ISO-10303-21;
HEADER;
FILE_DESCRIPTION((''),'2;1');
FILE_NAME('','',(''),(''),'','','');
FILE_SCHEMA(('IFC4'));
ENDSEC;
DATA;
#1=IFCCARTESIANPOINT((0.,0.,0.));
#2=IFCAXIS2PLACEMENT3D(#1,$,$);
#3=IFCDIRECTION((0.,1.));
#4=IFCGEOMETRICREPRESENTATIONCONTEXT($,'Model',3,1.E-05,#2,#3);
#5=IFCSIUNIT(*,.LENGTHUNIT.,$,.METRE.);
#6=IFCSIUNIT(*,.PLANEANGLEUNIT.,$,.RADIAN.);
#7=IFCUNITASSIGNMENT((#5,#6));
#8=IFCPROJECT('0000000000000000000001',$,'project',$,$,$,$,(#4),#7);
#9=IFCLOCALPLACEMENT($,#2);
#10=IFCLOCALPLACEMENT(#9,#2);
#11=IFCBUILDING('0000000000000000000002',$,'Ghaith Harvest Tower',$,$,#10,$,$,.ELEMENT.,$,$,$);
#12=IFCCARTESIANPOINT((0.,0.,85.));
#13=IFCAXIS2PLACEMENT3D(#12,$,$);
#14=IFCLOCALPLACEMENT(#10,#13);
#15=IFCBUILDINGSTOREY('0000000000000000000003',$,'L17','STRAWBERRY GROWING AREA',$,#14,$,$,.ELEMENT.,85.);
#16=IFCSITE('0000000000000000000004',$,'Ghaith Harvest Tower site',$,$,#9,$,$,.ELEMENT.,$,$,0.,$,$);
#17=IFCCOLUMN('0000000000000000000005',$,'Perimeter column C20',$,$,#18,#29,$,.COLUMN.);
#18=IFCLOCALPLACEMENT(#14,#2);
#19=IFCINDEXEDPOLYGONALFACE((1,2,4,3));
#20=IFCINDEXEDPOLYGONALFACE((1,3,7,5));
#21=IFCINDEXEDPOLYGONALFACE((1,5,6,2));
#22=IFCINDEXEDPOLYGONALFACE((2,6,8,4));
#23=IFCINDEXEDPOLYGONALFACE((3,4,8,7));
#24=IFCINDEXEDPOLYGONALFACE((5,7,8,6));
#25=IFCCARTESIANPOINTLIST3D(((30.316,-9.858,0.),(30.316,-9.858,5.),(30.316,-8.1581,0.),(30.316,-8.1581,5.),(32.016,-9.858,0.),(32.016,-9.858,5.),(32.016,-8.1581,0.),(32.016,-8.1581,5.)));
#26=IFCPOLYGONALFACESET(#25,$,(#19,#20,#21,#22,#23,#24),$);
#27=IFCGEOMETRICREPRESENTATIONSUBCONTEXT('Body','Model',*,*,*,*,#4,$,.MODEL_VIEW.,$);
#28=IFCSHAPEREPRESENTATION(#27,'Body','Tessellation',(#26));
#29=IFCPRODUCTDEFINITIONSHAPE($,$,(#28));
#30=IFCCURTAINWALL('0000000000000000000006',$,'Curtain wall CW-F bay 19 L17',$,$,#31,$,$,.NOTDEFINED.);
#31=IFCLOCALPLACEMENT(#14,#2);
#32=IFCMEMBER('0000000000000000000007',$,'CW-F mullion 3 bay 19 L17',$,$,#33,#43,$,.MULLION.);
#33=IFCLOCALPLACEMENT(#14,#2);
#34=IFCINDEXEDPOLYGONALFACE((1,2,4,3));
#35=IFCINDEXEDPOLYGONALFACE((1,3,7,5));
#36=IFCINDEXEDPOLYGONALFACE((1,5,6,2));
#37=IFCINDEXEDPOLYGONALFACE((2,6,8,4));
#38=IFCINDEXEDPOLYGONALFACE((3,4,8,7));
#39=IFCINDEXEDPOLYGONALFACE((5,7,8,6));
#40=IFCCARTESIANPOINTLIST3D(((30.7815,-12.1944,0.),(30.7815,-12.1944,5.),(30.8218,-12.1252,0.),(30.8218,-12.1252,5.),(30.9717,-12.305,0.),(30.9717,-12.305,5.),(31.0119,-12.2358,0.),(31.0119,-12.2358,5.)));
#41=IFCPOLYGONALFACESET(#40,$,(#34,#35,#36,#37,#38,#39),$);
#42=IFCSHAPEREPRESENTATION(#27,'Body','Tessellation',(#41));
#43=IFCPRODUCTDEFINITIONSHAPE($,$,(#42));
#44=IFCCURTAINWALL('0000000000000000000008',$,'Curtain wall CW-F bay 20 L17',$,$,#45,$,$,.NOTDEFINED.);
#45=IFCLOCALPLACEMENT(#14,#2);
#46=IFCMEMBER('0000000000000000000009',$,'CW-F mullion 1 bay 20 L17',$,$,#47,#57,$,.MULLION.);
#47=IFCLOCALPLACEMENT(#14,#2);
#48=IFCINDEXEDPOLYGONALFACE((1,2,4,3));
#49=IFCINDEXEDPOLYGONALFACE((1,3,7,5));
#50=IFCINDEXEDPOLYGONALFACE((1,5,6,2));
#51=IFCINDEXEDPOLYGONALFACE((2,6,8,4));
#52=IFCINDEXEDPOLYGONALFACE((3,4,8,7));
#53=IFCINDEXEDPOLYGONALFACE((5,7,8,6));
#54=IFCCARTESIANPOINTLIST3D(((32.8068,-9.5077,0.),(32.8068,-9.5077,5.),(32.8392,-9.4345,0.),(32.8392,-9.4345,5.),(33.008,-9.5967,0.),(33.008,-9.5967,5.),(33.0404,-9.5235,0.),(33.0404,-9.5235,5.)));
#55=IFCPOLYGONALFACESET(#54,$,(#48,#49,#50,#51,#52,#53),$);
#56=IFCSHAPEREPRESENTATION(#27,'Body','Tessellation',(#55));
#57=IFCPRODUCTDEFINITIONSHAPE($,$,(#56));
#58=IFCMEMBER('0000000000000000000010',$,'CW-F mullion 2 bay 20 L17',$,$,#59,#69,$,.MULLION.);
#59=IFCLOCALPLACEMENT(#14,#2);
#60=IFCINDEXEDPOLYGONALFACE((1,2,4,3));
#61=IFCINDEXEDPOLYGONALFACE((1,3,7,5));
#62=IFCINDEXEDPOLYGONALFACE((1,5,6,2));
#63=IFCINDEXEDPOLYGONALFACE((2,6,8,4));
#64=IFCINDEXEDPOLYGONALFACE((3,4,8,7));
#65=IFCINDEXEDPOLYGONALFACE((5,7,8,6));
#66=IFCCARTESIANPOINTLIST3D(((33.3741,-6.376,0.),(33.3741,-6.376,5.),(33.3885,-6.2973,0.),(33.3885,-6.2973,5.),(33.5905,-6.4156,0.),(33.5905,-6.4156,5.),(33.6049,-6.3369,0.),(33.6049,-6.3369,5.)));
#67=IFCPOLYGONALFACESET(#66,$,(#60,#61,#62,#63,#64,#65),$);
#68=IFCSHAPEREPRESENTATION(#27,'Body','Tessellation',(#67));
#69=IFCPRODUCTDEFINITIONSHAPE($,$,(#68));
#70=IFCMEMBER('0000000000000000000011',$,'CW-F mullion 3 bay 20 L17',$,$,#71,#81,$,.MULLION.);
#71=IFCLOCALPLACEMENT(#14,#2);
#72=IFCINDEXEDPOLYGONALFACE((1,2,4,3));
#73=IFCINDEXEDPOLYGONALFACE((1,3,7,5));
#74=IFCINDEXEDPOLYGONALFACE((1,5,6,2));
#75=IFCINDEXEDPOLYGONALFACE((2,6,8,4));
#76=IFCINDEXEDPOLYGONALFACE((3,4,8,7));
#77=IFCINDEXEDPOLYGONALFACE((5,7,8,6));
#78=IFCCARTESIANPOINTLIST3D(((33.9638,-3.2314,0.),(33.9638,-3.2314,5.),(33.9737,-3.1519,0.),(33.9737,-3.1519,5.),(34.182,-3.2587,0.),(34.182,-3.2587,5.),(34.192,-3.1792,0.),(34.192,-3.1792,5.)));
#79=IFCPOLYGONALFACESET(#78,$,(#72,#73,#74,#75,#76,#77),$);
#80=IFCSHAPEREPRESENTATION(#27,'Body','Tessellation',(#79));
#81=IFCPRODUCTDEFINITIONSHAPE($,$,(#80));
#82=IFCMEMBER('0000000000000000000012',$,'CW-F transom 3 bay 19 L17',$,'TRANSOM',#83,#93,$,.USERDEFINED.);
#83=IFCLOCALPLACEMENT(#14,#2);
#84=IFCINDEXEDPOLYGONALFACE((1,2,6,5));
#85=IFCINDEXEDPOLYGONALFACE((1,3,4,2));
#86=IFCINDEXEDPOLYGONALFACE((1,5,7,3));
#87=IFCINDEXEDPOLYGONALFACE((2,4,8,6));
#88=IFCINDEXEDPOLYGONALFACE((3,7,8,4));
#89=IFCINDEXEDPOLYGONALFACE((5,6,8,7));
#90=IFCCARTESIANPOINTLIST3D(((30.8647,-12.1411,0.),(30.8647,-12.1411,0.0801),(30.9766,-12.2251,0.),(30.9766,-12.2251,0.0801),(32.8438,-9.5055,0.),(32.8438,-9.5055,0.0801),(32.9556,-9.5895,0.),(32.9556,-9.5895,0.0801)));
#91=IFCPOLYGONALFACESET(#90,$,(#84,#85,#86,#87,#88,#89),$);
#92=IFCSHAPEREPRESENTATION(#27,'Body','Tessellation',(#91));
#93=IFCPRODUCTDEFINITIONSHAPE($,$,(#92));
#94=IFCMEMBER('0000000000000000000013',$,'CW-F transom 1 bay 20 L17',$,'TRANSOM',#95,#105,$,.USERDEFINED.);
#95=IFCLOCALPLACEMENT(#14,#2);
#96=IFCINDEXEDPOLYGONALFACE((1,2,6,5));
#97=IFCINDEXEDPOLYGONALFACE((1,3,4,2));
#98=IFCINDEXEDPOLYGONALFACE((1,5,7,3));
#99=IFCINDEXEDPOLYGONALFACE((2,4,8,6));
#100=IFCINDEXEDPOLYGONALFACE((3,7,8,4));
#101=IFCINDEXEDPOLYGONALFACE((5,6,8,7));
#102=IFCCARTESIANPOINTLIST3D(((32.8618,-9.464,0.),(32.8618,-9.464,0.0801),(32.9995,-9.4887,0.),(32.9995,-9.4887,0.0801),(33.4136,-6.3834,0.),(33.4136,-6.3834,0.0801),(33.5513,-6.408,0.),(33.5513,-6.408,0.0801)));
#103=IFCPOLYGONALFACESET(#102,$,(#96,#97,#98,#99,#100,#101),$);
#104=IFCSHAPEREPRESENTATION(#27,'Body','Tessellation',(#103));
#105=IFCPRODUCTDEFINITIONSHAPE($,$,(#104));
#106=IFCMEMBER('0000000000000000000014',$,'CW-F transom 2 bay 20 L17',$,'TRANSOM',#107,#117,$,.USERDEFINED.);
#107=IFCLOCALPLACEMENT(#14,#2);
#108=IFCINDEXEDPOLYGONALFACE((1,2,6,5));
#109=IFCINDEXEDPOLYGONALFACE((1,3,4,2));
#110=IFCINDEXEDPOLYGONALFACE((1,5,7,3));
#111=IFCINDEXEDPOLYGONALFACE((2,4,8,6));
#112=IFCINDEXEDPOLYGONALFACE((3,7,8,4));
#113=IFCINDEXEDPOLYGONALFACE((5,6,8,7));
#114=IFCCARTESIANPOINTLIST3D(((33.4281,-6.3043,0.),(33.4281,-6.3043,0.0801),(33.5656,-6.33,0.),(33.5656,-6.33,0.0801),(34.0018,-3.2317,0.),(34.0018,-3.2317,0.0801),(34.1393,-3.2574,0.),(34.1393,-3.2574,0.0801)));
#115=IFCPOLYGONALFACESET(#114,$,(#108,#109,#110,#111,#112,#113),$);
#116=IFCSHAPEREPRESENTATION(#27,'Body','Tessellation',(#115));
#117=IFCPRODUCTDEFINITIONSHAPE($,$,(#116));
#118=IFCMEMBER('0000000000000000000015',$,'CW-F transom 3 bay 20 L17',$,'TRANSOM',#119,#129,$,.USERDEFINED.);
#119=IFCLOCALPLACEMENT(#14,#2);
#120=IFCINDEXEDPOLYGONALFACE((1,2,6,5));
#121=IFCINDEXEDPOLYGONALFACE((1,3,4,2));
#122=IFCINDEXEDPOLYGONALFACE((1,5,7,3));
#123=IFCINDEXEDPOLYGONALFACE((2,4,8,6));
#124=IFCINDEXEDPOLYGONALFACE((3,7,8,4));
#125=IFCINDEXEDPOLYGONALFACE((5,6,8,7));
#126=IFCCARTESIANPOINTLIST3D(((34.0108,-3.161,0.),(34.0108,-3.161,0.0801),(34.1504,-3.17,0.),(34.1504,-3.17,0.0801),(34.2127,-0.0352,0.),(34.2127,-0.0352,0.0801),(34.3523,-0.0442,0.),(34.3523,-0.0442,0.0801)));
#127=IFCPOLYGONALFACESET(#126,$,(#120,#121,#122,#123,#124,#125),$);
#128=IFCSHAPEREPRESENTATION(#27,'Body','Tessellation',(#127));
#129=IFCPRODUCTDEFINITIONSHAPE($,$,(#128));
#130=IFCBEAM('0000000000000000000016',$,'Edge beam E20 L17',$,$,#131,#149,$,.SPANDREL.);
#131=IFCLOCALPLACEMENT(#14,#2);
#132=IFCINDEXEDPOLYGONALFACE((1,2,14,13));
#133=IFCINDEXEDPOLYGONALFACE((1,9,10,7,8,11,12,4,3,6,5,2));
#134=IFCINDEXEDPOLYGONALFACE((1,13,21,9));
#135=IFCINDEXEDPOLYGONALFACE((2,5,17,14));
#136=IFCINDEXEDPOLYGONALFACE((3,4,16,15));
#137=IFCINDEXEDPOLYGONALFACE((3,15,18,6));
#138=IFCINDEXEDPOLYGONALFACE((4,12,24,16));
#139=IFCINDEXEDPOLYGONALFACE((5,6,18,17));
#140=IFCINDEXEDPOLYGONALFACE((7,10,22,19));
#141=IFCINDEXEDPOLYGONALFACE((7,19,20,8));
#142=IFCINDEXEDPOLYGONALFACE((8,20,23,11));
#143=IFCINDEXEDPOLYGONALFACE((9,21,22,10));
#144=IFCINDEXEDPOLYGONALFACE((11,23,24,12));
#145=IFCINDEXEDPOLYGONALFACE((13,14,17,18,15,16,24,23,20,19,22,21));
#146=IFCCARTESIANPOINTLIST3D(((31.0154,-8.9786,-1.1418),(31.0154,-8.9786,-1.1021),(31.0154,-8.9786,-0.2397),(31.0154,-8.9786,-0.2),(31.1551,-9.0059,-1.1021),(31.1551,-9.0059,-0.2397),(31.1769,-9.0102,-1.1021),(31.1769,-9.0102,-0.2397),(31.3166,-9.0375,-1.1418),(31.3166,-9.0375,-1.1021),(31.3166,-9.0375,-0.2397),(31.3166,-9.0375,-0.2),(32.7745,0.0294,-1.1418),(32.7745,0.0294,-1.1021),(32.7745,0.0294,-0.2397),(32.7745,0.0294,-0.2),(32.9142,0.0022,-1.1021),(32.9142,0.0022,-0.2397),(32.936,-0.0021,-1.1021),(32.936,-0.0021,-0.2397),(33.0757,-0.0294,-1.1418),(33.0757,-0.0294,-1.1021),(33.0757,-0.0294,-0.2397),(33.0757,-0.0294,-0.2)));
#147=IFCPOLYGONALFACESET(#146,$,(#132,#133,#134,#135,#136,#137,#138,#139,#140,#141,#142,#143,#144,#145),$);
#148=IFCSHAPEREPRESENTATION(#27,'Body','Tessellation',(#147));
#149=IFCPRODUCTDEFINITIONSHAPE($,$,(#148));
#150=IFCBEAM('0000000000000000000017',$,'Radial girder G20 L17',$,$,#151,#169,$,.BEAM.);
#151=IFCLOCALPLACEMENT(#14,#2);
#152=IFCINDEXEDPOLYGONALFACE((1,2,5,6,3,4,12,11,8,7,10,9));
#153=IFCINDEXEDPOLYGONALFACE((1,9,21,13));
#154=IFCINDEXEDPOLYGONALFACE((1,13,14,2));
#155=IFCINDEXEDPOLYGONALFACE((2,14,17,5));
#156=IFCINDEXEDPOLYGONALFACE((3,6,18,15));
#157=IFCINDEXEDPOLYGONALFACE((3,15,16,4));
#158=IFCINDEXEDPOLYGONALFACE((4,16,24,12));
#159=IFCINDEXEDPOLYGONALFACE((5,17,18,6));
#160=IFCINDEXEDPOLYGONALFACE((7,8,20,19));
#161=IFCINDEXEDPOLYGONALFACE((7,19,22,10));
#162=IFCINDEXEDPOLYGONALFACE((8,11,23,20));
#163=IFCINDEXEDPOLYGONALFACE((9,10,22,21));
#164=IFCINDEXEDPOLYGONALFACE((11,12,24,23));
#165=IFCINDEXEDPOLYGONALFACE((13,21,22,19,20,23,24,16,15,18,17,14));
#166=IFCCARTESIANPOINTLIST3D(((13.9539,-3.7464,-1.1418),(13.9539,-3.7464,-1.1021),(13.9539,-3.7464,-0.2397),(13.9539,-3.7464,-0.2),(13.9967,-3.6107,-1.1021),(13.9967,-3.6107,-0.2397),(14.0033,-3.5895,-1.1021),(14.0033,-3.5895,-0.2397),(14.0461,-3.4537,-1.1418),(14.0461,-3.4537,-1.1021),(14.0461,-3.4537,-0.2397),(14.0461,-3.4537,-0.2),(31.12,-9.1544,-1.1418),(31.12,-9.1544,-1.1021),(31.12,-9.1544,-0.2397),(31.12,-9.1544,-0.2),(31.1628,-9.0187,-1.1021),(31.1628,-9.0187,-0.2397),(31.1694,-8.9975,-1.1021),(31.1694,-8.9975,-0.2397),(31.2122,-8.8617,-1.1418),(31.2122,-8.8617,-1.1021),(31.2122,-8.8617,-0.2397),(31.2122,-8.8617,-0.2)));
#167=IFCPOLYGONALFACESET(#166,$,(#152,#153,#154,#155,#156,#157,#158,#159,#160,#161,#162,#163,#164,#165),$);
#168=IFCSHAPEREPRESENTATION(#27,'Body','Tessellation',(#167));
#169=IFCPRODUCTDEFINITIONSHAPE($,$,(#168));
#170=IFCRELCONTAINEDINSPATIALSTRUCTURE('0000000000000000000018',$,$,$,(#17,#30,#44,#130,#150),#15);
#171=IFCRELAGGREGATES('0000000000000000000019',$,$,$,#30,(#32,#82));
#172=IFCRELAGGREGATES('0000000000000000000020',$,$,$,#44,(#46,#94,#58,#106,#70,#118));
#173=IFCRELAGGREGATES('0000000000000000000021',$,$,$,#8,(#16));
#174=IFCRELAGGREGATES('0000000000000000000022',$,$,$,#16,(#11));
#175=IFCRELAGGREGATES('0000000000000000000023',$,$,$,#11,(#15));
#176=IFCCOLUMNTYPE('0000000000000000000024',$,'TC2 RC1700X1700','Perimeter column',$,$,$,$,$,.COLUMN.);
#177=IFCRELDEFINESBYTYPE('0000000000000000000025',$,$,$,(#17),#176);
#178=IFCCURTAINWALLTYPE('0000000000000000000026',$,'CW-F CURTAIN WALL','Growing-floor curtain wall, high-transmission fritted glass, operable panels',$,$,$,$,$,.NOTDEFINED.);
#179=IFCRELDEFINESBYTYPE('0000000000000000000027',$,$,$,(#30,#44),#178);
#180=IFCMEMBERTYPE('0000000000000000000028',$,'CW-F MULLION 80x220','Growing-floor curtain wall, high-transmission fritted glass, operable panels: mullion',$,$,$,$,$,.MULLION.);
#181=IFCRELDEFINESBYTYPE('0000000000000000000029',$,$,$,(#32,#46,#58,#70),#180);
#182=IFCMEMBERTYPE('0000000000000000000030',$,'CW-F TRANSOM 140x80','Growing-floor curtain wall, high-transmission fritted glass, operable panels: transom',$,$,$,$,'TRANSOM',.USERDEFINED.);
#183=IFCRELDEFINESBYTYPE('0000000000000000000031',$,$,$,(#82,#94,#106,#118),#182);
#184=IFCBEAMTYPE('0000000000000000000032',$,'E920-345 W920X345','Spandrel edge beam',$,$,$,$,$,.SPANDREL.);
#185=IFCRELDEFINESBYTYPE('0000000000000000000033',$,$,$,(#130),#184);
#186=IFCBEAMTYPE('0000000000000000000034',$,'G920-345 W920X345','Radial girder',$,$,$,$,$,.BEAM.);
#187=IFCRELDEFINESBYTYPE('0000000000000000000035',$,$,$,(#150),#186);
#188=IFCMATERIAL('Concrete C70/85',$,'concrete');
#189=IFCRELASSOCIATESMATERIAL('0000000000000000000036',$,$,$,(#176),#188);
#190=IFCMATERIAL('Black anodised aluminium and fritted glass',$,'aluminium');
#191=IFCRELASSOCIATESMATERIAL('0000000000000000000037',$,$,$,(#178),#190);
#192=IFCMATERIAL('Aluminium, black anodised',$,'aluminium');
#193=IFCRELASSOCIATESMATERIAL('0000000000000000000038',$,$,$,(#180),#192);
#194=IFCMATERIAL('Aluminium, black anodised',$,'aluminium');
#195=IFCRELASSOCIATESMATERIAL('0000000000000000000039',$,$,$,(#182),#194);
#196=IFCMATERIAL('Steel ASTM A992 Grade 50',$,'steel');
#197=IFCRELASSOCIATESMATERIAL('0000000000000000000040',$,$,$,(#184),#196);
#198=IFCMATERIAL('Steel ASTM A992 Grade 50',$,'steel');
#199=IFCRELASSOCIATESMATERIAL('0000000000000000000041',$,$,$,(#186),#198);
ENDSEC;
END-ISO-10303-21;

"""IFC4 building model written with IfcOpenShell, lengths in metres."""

from ifc_helpers import new_model, si_unit, direction, frame, origin, origin_2d, place, context, subcontext, project, spatial, rectangle, i_section, extrude, material, material_profile, profile_set, type_object, element, aggregate, save


model = new_model("IFC4")

# Units and contexts
model_context = context("Model", 3, precision=1e-05, world=origin(), true_north=direction((0.0, 1.0)))
body_context = subcontext(model_context, "Body", "Model", "MODEL_VIEW")
ifc_project = project(units=[si_unit("LENGTHUNIT", "METRE"), si_unit("PLANEANGLEUNIT", "RADIAN")], contexts=[model_context])

# Site, building, storey
site_placement = place(None, origin())
site = spatial("IfcSite", under=ifc_project, at=site_placement, Name="Ghaith Harvest Tower site", CompositionType="ELEMENT", RefElevation=0.0)
building_placement = place(site_placement, origin())
building = spatial("IfcBuilding", under=site, at=building_placement, Name="Ghaith Harvest Tower", CompositionType="ELEMENT")
storey_placement = place(building_placement, frame((0.0, 0.0, 85.0)))
storey = spatial("IfcBuildingStorey", under=building, at=storey_placement, Name="L17", Description="STRAWBERRY GROWING AREA", CompositionType="ELEMENT", Elevation=85.0)

# Column
ifc_material_1 = material(Name="Concrete C70/85", Category="concrete")
ifc_material_profile_1 = material_profile(ifc_material_1, rectangle(XDim=1.7, YDim=1.7, at=origin_2d()), Name="RC1700X1700")
ifc_profile_set_1 = profile_set([ifc_material_profile_1], Name="Concrete C70/85")
column_type = type_object("IfcColumnType", Name="TC2 RC1700X1700", Description="Perimeter column", PredefinedType="COLUMN", material=ifc_profile_set_1)
column_placement = place(storey_placement, frame((31.166, -9.0081, 0.0), z_axis=(0.0, 0.0, 1.0), x_axis=(1.0, 0.0, 0.0)))
element("IfcColumn", 1, at=column_placement, inside=storey, type_object=column_type, Name="Perimeter column C20", PredefinedType="COLUMN", context=body_context, shape_type="SweptSolid", body=[
    extrude(rectangle(XDim=1.7, YDim=1.7, at=origin_2d()), origin(), (0.0, 0.0, 1.0), 5.0),
])

# Curtain wall, member
ifc_material_2 = material(Name="Black anodised aluminium and fritted glass", Category="aluminium")
curtain_wall_type = type_object("IfcCurtainWallType", Name="CW-F CURTAIN WALL", Description="Growing-floor curtain wall, high-transmission fritted glass, operable panels", PredefinedType="NOTDEFINED", material=ifc_material_2)
curtain_wall_1_placement = place(storey_placement, origin())
curtain_wall_1 = element("IfcCurtainWall", 2, at=curtain_wall_1_placement, inside=storey, type_object=curtain_wall_type, Name="Curtain wall CW-F bay 19 L17", PredefinedType="NOTDEFINED")
ifc_material_3 = material(Name="Aluminium, black anodised", Category="aluminium")
ifc_material_profile_2 = material_profile(ifc_material_3, rectangle(XDim=0.0801, YDim=0.22, at=origin_2d()), Name="CW-F MULLION 80x220")
ifc_profile_set_2 = profile_set([ifc_material_profile_2], Name="Aluminium, black anodised")
member_type_1 = type_object("IfcMemberType", Name="CW-F MULLION 80x220", Description="Growing-floor curtain wall, high-transmission fritted glass, operable panels: mullion", PredefinedType="MULLION", material=ifc_profile_set_2)
member_1_placement = place(storey_placement, frame((30.8967, -12.2151, 0.0), z_axis=(0.0, 0.0, 1.0), x_axis=(0.502795, 0.864406, 0.0)))
member_1 = element("IfcMember", 3, at=member_1_placement, type_object=member_type_1, Name="CW-F mullion 3 bay 19 L17", PredefinedType="MULLION", context=body_context, shape_type="SweptSolid", body=[
    extrude(rectangle(XDim=0.0801, YDim=0.22, at=origin_2d()), origin(), (0.0, 0.0, 1.0), 5.0),
])

# Curtain wall, members
curtain_wall_2_placement = place(storey_placement, origin())
curtain_wall_2 = element("IfcCurtainWall", 4, at=curtain_wall_2_placement, inside=storey, type_object=curtain_wall_type, Name="Curtain wall CW-F bay 20 L17", PredefinedType="NOTDEFINED")
member_2_placement = place(storey_placement, frame((32.9236, -9.5156, 0.0), z_axis=(0.0, 0.0, 1.0), x_axis=(0.404702, 0.914449, 0.0)))
member_2 = element("IfcMember", 5, at=member_2_placement, type_object=member_type_1, Name="CW-F mullion 1 bay 20 L17", PredefinedType="MULLION", context=body_context, shape_type="SweptSolid", body=[
    extrude(rectangle(XDim=0.0801, YDim=0.22, at=origin_2d()), origin(), (0.0, 0.0, 1.0), 5.0),
])
member_3_placement = place(storey_placement, frame((33.4895, -6.3564, 0.0), z_axis=(0.0, 0.0, 1.0), x_axis=(0.179943, 0.983677, 0.0)))
member_3 = element("IfcMember", 6, at=member_3_placement, type_object=member_type_1, Name="CW-F mullion 2 bay 20 L17", PredefinedType="MULLION", context=body_context, shape_type="SweptSolid", body=[
    extrude(rectangle(XDim=0.0801, YDim=0.22, at=origin_2d()), origin(), (0.0, 0.0, 1.0), 5.0),
])
member_4_placement = place(storey_placement, frame((34.0779, -3.2053, 0.0), z_axis=(0.0, 0.0, 1.0), x_axis=(0.12417, 0.992261, 0.0)))
member_4 = element("IfcMember", 7, at=member_4_placement, type_object=member_type_1, Name="CW-F mullion 3 bay 20 L17", PredefinedType="MULLION", context=body_context, shape_type="SweptSolid", body=[
    extrude(rectangle(XDim=0.0801, YDim=0.22, at=origin_2d()), origin(), (0.0, 0.0, 1.0), 5.0),
])

# Members
ifc_material_4 = material(Name="Aluminium, black anodised", Category="aluminium")
ifc_material_profile_3 = material_profile(ifc_material_4, rectangle(XDim=0.1399, YDim=0.0801, at=origin_2d()), Name="CW-F TRANSOM 140x80")
ifc_profile_set_3 = profile_set([ifc_material_profile_3], Name="Aluminium, black anodised")
member_type_2 = type_object("IfcMemberType", Name="CW-F TRANSOM 140x80", Description="Growing-floor curtain wall, high-transmission fritted glass, operable panels: transom", ElementType="TRANSOM", PredefinedType="USERDEFINED", material=ifc_profile_set_3)
member_5_placement = place(storey_placement, frame((30.9207, -12.1831, 0.04), z_axis=(0.600462, 0.799653, 0.0), x_axis=(-0.799653, 0.600462, 0.0)))
member_5 = element("IfcMember", 8, at=member_5_placement, type_object=member_type_2, Name="CW-F transom 3 bay 19 L17", ObjectType="TRANSOM", PredefinedType="USERDEFINED", context=body_context, shape_type="SweptSolid", body=[
    extrude(rectangle(XDim=0.1399, YDim=0.0801, at=origin_2d()), origin(), (0.0, 0.0, 1.0), 3.2959),
])
member_6_placement = place(storey_placement, frame((32.9307, -9.4763, 0.04), z_axis=(0.176304, 0.984336, 0.0), x_axis=(-0.984336, 0.176304, 0.0)))
member_6 = element("IfcMember", 9, at=member_6_placement, type_object=member_type_2, Name="CW-F transom 1 bay 20 L17", ObjectType="TRANSOM", PredefinedType="USERDEFINED", context=body_context, shape_type="SweptSolid", body=[
    extrude(rectangle(XDim=0.1399, YDim=0.0801, at=origin_2d()), origin(), (0.0, 0.0, 1.0), 3.1296),
])
member_7_placement = place(storey_placement, frame((33.4968, -6.3171, 0.04), z_axis=(0.183557, 0.983009, 0.0), x_axis=(-0.983009, 0.183557, 0.0)))
member_7 = element("IfcMember", 10, at=member_7_placement, type_object=member_type_2, Name="CW-F transom 2 bay 20 L17", ObjectType="TRANSOM", PredefinedType="USERDEFINED", context=body_context, shape_type="SweptSolid", body=[
    extrude(rectangle(XDim=0.1399, YDim=0.0801, at=origin_2d()), origin(), (0.0, 0.0, 1.0), 3.1257),
])
member_8_placement = place(storey_placement, frame((34.0806, -3.1655, 0.04), z_axis=(0.06446, 0.99792, 0.0), x_axis=(-0.99792, 0.06446, 0.0)))
member_8 = element("IfcMember", 11, at=member_8_placement, type_object=member_type_2, Name="CW-F transom 3 bay 20 L17", ObjectType="TRANSOM", PredefinedType="USERDEFINED", context=body_context, shape_type="SweptSolid", body=[
    extrude(rectangle(XDim=0.1399, YDim=0.0801, at=origin_2d()), origin(), (0.0, 0.0, 1.0), 3.1323),
])

# Beams
ifc_material_5 = material(Name="Steel ASTM A992 Grade 50", Category="steel")
ifc_material_profile_4 = material_profile(ifc_material_5, i_section(OverallWidth=0.3069, OverallDepth=0.9419, WebThickness=0.0222, FlangeThickness=0.0398, at=origin_2d()), Name="W920X345")
ifc_profile_set_4 = profile_set([ifc_material_profile_4], Name="Steel ASTM A992 Grade 50")
beam_type_1 = type_object("IfcBeamType", Name="E920-345 W920X345", Description="Spandrel edge beam", PredefinedType="SPANDREL", material=ifc_profile_set_4)
beam_1_placement = place(storey_placement, frame((31.166, -9.0081, -0.6709), z_axis=(0.191653, 0.981463, 0.0), x_axis=(-0.981463, 0.191653, 0.0)))
element("IfcBeam", 12, at=beam_1_placement, inside=storey, type_object=beam_type_1, Name="Edge beam E20 L17", PredefinedType="SPANDREL", context=body_context, shape_type="SweptSolid", body=[
    extrude(i_section(OverallWidth=0.3069, OverallDepth=0.9419, WebThickness=0.0222, FlangeThickness=0.0398, at=origin_2d()), origin(), (0.0, 0.0, 1.0), 9.1782),
])
ifc_material_6 = material(Name="Steel ASTM A992 Grade 50", Category="steel")
ifc_material_profile_5 = material_profile(ifc_material_6, i_section(OverallWidth=0.3069, OverallDepth=0.9419, WebThickness=0.0222, FlangeThickness=0.0398, at=origin_2d()), Name="W920X345")
ifc_profile_set_5 = profile_set([ifc_material_profile_5], Name="Steel ASTM A992 Grade 50")
beam_type_2 = type_object("IfcBeamType", Name="G920-345 W920X345", Description="Radial girder", PredefinedType="BEAM", material=ifc_profile_set_5)
beam_2_placement = place(storey_placement, frame((14.0, -3.6001, -0.6709), z_axis=(0.953788, -0.30048, 0.0), x_axis=(0.30048, 0.953788, 0.0)))
element("IfcBeam", 13, at=beam_2_placement, inside=storey, type_object=beam_type_2, Name="Radial girder G20 L17", PredefinedType="BEAM", context=body_context, shape_type="SweptSolid", body=[
    extrude(i_section(OverallWidth=0.3069, OverallDepth=0.9419, WebThickness=0.0222, FlangeThickness=0.0398, at=origin_2d()), origin(), (0.0, 0.0, 1.0), 17.9978),
])

aggregate(curtain_wall_1, [member_1, member_5])
aggregate(curtain_wall_2, [member_2, member_6, member_3, member_7, member_4, member_8])

save(model, "model.ifc")
